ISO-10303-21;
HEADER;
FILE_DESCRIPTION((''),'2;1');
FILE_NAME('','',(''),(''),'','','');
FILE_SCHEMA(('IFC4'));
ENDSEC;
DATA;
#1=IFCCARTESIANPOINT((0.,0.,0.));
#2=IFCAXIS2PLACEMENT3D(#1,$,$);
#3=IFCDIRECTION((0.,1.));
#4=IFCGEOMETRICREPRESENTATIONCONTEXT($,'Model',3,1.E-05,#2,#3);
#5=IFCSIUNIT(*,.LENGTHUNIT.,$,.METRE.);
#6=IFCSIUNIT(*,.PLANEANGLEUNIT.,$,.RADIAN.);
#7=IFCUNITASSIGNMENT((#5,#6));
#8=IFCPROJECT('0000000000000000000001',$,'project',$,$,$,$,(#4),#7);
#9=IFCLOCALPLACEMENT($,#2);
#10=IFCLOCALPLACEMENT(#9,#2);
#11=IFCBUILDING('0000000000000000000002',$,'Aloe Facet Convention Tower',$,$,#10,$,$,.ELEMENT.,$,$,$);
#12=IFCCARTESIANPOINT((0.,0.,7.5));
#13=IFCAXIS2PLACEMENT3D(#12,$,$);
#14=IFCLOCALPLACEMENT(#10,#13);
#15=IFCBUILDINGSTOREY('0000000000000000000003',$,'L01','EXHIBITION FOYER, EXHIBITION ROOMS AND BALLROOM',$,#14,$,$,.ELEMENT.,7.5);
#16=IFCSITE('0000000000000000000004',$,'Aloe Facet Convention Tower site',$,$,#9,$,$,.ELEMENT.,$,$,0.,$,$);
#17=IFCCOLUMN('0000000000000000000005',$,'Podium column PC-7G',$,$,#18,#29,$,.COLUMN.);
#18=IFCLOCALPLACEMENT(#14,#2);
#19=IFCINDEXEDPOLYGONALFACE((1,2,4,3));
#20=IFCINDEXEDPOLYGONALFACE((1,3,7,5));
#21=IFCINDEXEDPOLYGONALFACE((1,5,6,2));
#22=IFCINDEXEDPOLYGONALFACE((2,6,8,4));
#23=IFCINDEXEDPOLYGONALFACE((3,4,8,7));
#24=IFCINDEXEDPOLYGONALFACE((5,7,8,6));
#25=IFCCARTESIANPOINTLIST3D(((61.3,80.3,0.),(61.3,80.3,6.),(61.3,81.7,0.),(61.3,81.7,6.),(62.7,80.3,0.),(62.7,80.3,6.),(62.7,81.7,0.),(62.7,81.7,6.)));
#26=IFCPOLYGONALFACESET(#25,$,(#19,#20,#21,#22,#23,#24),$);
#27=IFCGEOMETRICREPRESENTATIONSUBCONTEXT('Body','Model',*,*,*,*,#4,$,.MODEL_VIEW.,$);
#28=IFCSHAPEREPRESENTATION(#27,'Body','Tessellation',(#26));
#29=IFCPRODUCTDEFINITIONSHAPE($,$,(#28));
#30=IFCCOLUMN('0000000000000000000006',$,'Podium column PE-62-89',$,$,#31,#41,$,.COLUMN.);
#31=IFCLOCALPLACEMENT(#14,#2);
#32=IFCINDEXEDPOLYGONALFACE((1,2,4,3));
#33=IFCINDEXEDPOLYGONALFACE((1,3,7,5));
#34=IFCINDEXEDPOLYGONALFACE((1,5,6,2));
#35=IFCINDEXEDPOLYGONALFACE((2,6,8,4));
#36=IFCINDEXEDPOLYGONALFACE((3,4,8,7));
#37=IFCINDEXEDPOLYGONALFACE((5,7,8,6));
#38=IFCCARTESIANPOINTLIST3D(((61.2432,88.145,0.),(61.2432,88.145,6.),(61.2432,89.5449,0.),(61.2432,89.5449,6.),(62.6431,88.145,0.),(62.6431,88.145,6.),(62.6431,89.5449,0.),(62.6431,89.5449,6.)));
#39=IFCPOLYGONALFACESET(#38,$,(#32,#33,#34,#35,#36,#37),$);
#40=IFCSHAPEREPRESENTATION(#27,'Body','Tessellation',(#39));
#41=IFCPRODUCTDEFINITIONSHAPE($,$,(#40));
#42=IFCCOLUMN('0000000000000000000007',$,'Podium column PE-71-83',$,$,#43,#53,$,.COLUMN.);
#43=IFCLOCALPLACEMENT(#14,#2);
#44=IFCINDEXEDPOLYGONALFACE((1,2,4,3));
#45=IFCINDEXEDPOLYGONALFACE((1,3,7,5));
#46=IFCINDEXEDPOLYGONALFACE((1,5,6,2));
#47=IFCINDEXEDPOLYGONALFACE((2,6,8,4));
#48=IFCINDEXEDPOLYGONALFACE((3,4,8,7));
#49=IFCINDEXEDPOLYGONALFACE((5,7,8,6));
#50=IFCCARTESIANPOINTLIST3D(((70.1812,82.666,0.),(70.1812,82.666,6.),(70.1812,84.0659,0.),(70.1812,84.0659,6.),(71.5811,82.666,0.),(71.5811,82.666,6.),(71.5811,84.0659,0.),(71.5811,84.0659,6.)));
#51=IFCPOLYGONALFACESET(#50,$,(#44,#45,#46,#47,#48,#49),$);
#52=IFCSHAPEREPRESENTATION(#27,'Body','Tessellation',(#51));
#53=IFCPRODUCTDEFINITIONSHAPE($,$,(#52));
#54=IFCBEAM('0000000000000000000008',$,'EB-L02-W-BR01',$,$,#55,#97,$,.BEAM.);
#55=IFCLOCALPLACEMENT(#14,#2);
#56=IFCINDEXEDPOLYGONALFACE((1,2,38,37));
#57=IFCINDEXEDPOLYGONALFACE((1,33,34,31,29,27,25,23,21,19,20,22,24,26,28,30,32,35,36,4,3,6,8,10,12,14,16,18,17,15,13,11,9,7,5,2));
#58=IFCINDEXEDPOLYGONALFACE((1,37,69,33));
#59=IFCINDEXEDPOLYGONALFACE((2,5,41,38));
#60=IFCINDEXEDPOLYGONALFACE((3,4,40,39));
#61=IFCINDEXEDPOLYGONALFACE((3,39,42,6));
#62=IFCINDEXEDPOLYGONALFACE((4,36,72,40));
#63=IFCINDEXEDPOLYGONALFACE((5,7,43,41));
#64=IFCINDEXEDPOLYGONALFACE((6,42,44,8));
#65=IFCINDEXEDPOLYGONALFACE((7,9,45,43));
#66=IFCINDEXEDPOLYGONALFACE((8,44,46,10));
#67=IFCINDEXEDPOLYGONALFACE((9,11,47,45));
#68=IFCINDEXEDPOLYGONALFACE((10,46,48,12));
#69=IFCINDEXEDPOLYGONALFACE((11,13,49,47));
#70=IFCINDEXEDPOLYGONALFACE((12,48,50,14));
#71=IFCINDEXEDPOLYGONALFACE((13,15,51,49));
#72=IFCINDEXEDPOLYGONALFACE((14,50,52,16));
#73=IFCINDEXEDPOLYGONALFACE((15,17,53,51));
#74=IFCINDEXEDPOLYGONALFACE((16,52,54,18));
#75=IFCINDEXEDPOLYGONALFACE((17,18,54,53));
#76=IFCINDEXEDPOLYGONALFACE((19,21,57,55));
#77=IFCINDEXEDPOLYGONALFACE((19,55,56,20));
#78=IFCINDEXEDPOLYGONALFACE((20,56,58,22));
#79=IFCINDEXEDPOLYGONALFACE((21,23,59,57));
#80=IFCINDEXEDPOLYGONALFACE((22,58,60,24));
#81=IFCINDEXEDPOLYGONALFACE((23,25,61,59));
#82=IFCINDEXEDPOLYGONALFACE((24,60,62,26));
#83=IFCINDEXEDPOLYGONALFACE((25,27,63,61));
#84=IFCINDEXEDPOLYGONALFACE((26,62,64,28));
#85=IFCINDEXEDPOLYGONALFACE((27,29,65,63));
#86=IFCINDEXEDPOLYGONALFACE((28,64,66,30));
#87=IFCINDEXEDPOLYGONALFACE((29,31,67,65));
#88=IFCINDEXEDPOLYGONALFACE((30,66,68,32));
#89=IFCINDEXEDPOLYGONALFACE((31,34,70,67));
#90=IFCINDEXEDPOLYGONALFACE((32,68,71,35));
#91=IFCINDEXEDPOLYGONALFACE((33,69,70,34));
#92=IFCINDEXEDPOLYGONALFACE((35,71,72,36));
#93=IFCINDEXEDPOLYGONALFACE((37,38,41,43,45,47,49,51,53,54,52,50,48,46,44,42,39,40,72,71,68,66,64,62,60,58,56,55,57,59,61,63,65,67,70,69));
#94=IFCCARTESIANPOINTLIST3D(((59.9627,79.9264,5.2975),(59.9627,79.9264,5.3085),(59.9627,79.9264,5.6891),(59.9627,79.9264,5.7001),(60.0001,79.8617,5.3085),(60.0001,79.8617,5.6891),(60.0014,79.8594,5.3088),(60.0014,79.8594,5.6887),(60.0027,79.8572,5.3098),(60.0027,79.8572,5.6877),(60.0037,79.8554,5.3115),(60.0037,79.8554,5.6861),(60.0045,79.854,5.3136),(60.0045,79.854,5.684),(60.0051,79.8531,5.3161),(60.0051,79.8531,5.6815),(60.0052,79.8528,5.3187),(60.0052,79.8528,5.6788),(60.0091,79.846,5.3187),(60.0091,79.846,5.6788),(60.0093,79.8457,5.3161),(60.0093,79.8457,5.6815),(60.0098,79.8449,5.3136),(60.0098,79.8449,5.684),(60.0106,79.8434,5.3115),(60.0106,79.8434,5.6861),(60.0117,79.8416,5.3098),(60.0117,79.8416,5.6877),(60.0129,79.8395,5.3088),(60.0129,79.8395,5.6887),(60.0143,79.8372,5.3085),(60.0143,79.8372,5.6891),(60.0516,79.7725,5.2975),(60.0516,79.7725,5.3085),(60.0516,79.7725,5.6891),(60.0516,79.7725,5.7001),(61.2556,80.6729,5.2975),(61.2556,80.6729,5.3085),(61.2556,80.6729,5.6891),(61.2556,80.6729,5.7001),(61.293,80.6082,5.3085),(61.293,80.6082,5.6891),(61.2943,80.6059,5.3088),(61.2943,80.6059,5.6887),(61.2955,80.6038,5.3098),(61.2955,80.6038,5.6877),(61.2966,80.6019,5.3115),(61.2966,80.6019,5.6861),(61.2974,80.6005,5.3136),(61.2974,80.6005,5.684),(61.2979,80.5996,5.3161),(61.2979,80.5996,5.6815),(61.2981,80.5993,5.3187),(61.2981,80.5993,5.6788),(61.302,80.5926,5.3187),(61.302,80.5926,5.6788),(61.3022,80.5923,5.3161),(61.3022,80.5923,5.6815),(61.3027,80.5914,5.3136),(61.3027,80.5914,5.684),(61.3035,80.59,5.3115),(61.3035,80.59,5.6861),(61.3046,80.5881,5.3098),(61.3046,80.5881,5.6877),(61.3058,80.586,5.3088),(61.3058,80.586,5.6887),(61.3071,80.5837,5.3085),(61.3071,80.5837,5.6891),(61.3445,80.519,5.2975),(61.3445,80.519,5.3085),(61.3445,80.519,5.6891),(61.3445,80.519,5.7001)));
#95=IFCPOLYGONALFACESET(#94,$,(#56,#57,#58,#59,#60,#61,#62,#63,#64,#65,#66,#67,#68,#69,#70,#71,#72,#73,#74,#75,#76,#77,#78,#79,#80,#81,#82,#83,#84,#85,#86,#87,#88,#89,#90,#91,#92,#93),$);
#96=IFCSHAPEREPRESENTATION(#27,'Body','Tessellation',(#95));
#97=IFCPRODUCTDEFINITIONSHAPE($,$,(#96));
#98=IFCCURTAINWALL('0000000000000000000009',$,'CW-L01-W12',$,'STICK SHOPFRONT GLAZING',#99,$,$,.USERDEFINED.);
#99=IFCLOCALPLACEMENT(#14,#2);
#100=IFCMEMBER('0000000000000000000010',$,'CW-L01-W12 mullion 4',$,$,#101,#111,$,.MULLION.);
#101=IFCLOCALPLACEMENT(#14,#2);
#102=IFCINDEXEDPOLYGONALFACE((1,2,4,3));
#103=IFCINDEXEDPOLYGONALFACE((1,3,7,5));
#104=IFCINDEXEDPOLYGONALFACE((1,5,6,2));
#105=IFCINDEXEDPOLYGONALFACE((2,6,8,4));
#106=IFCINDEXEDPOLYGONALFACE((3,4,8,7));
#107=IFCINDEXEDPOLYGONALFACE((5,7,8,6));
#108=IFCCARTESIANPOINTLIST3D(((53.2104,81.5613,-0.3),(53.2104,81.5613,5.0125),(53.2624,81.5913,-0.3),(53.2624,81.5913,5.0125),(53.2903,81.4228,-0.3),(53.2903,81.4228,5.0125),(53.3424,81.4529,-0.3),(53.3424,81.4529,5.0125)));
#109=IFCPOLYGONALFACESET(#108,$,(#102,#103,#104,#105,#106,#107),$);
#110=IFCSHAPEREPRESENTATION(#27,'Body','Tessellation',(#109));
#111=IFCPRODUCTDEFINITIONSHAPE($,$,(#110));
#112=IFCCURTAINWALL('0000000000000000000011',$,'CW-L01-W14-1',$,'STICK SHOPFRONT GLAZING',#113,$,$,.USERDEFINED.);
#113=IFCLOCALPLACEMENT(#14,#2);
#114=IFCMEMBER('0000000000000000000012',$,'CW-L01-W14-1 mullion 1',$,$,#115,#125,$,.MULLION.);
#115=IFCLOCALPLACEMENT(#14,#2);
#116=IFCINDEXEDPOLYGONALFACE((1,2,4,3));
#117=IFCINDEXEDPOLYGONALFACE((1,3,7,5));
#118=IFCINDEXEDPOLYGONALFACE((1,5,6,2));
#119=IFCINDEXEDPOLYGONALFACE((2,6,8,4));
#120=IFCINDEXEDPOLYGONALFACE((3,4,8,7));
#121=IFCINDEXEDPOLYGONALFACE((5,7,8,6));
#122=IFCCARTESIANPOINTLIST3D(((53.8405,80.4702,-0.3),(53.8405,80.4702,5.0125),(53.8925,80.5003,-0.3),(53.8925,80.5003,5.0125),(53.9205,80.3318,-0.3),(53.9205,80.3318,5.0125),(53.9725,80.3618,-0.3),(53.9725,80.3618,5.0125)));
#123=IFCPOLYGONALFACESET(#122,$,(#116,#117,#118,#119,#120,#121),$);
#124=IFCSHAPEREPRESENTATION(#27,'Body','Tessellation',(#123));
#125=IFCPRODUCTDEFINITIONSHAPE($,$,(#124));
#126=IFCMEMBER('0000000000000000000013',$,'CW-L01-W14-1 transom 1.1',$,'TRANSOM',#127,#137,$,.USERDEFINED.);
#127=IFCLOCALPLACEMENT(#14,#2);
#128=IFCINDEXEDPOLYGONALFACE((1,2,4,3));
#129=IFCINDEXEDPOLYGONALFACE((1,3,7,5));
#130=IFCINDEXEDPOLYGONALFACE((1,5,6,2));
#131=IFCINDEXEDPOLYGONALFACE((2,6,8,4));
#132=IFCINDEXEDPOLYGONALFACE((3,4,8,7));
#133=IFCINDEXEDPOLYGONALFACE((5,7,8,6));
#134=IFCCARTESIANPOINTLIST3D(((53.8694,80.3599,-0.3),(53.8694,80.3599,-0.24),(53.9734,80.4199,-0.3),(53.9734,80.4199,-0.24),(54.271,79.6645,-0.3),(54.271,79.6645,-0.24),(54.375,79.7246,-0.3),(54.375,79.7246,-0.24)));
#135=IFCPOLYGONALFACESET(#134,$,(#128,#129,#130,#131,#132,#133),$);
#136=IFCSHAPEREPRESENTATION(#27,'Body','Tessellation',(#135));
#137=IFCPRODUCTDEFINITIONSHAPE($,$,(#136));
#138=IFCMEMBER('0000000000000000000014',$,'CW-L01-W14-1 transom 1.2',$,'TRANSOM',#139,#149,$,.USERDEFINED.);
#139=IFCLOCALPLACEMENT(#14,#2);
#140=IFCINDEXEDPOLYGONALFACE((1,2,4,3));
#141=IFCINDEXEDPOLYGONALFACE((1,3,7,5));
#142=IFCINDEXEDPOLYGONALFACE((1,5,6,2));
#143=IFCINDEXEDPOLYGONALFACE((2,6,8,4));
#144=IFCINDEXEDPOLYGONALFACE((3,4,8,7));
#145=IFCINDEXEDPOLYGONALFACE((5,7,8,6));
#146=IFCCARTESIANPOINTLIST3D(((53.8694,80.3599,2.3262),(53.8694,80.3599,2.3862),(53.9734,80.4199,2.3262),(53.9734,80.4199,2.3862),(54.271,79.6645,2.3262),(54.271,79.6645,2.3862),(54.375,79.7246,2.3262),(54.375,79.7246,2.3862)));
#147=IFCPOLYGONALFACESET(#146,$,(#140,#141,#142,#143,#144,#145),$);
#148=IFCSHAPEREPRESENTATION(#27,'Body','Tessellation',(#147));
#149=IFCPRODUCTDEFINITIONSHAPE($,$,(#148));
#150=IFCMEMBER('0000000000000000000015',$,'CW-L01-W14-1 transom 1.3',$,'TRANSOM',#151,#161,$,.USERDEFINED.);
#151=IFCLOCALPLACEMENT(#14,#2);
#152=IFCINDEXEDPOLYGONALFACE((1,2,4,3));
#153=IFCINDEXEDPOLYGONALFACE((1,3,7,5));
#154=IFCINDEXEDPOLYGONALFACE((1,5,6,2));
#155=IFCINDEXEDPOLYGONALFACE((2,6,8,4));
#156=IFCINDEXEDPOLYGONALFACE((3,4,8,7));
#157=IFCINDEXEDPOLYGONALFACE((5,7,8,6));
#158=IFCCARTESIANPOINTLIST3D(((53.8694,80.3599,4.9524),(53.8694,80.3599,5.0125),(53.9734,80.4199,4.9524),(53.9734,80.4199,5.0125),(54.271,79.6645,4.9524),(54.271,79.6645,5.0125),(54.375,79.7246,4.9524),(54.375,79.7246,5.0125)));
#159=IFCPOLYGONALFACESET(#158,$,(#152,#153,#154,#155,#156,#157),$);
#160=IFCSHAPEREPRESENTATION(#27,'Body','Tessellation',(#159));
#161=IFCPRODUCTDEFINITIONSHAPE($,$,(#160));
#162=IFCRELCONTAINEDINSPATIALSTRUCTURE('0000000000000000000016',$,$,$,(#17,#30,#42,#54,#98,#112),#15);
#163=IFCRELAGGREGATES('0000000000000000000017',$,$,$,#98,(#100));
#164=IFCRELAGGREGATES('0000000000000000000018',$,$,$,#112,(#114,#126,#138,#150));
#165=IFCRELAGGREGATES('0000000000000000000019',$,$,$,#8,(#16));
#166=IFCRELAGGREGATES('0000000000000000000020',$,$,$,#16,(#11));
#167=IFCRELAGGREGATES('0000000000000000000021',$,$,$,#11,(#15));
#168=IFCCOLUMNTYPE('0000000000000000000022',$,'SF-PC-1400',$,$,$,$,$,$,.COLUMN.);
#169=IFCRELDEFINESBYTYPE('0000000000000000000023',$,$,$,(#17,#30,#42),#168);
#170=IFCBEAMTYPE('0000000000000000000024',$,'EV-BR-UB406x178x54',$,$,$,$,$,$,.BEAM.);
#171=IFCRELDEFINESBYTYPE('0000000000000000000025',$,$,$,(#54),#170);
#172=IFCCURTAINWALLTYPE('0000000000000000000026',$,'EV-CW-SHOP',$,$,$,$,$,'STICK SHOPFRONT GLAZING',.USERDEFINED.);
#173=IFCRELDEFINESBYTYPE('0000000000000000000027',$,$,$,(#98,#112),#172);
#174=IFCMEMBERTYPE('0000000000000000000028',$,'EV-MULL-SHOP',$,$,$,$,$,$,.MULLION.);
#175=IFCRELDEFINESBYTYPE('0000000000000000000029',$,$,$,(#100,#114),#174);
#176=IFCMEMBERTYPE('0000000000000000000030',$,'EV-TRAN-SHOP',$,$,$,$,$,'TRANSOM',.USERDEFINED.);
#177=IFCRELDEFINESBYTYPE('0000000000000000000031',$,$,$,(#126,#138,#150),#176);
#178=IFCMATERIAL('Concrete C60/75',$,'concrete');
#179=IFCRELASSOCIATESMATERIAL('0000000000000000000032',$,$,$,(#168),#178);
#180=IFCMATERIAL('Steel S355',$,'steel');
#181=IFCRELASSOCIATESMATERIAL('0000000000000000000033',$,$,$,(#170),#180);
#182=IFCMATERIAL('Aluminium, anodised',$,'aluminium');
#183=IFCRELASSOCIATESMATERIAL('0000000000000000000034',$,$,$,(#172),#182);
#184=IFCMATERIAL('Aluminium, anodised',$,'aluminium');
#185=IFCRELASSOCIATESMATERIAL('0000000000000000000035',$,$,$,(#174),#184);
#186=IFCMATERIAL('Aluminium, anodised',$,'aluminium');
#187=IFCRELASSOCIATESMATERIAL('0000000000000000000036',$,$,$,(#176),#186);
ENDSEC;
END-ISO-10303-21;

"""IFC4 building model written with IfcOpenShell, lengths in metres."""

from ifc_helpers import new_model, si_unit, direction, frame, origin, origin_2d, place, context, subcontext, project, spatial, rectangle, i_section, extrude, material, material_profile, profile_set, type_object, element, aggregate, save


model = new_model("IFC4")

# Units and contexts
model_context = context("Model", 3, precision=1e-05, world=origin(), true_north=direction((0.0, 1.0)))
body_context = subcontext(model_context, "Body", "Model", "MODEL_VIEW")
ifc_project = project(units=[si_unit("LENGTHUNIT", "METRE"), si_unit("PLANEANGLEUNIT", "RADIAN")], contexts=[model_context])

# Site, building, storey
site_placement = place(None, origin())
site = spatial("IfcSite", under=ifc_project, at=site_placement, Name="Aloe Facet Convention Tower site", CompositionType="ELEMENT", RefElevation=0.0)
building_placement = place(site_placement, origin())
building = spatial("IfcBuilding", under=site, at=building_placement, Name="Aloe Facet Convention Tower", CompositionType="ELEMENT")
storey_placement = place(building_placement, frame((0.0, 0.0, 7.5)))
storey = spatial("IfcBuildingStorey", under=building, at=storey_placement, Name="L01", Description="EXHIBITION FOYER, EXHIBITION ROOMS AND BALLROOM", CompositionType="ELEMENT", Elevation=7.5)

# Columns
ifc_material_1 = material(Name="Concrete C60/75", Category="concrete")
ifc_material_profile_1 = material_profile(ifc_material_1, rectangle(XDim=1.3999, YDim=1.3999, at=origin_2d()), Name="SF-PC-1400")
ifc_profile_set_1 = profile_set([ifc_material_profile_1], Name="Concrete C60/75")
column_type = type_object("IfcColumnType", Name="SF-PC-1400", PredefinedType="COLUMN", material=ifc_profile_set_1)
for number, where, z_axis, x_axis, name in (
    (1, (62.0, 81.0, 0.0), (0.0, 0.0, 1.0), (1.0, 0.0, 0.0), "Podium column PC-7G"),
    (2, (61.9431, 88.845, 0.0), (0.0, 0.0, 1.0), (1.0, 0.0, 0.0), "Podium column PE-62-89"),
    (3, (70.8811, 83.366, 0.0), (0.0, 0.0, 1.0), (1.0, 0.0, 0.0), "Podium column PE-71-83"),
):
    element("IfcColumn", number, at=place(storey_placement, frame(where, z_axis=z_axis, x_axis=x_axis)), inside=storey, type_object=column_type, Name=name, PredefinedType="COLUMN", context=body_context, shape_type="SweptSolid", body=[
        extrude(rectangle(XDim=1.3999, YDim=1.3999, at=origin_2d()), origin(), (0.0, 0.0, 1.0), 6.0),
    ])

# Beam
ifc_material_2 = material(Name="Steel S355", Category="steel")
ifc_material_profile_2 = material_profile(ifc_material_2, i_section(OverallWidth=0.1777, OverallDepth=0.4026, WebThickness=0.0078, FlangeThickness=0.011, FilletRadius=0.0103, at=origin_2d()), Name="UB 406x178x54")
ifc_profile_set_2 = profile_set([ifc_material_profile_2], Name="Steel S355")
beam_type_1 = type_object("IfcBeamType", Name="EV-BR-UB406x178x54", PredefinedType="BEAM", material=ifc_profile_set_2)
beam_1_placement = place(storey_placement, frame((61.3, 80.5959, 5.4988), z_axis=(-0.866, -0.500043, 0.0), x_axis=(0.500043, -0.866, 0.0)))
element("IfcBeam", 4, at=beam_1_placement, inside=storey, type_object=beam_type_1, Name="EB-L02-W-BR01", PredefinedType="BEAM", context=body_context, shape_type="SweptSolid", body=[
    extrude(i_section(OverallWidth=0.1777, OverallDepth=0.4026, WebThickness=0.0078, FlangeThickness=0.011, FilletRadius=0.0103, at=origin_2d()), origin(), (0.0, 0.0, 1.0), 1.4929),
])

# Curtain wall, member
ifc_material_3 = material(Name="Aluminium, anodised", Category="aluminium")
curtain_wall_type = type_object("IfcCurtainWallType", Name="EV-CW-SHOP", ElementType="STICK SHOPFRONT GLAZING", PredefinedType="USERDEFINED", material=ifc_material_3)
curtain_wall_1_placement = place(storey_placement, origin())
curtain_wall_1 = element("IfcCurtainWall", 5, at=curtain_wall_1_placement, inside=storey, type_object=curtain_wall_type, Name="CW-L01-W12", ObjectType="STICK SHOPFRONT GLAZING", PredefinedType="USERDEFINED")
ifc_material_4 = material(Name="Aluminium, anodised", Category="aluminium")
ifc_material_profile_3 = material_profile(ifc_material_4, rectangle(XDim=0.0601, YDim=0.1599, at=origin_2d()), Name="AL 60x160")
ifc_profile_set_3 = profile_set([ifc_material_profile_3], Name="Aluminium, anodised")
member_type_1 = type_object("IfcMemberType", Name="EV-MULL-SHOP", PredefinedType="MULLION", material=ifc_profile_set_3)
member_1_placement = place(storey_placement, frame((53.2764, 81.5071, -0.3), z_axis=(0.0, 0.0, 1.0), x_axis=(0.866025, 0.5, 0.0)))
member_1 = element("IfcMember", 6, at=member_1_placement, type_object=member_type_1, Name="CW-L01-W12 mullion 4", PredefinedType="MULLION", context=body_context, shape_type="SweptSolid", body=[
    extrude(rectangle(XDim=0.0601, YDim=0.1599, at=origin_2d()), origin(), (0.0, 0.0, 1.0), 5.3125),
])
aggregate(curtain_wall_1, [member_1])

# Curtain wall, members
curtain_wall_2_placement = place(storey_placement, origin())
curtain_wall_2 = element("IfcCurtainWall", 7, at=curtain_wall_2_placement, inside=storey, type_object=curtain_wall_type, Name="CW-L01-W14-1", ObjectType="STICK SHOPFRONT GLAZING", PredefinedType="USERDEFINED")
member_2_placement = place(storey_placement, frame((53.9065, 80.416, -0.3), z_axis=(0.0, 0.0, 1.0), x_axis=(0.866025, 0.5, 0.0)))
member_2 = element("IfcMember", 8, at=member_2_placement, type_object=member_type_1, Name="CW-L01-W14-1 mullion 1", PredefinedType="MULLION", context=body_context, shape_type="SweptSolid", body=[
    extrude(rectangle(XDim=0.0601, YDim=0.1599, at=origin_2d()), origin(), (0.0, 0.0, 1.0), 5.3125),
])
ifc_material_5 = material(Name="Aluminium, anodised", Category="aluminium")
ifc_material_profile_4 = material_profile(ifc_material_5, rectangle(XDim=0.1201, YDim=0.0601, at=origin_2d()), Name="AL 120x60")
ifc_profile_set_4 = profile_set([ifc_material_profile_4], Name="Aluminium, anodised")
member_type_2 = type_object("IfcMemberType", Name="EV-TRAN-SHOP", ElementType="TRANSOM", PredefinedType="USERDEFINED", material=ifc_profile_set_4)
member_3_placement = place(storey_placement, frame((53.9214, 80.3899, -0.27), z_axis=(0.500161, -0.865932, 0.0), x_axis=(0.865932, 0.500161, 0.0)))
member_3 = element("IfcMember", 9, at=member_3_placement, type_object=member_type_2, Name="CW-L01-W14-1 transom 1.1", ObjectType="TRANSOM", PredefinedType="USERDEFINED", context=body_context, shape_type="SweptSolid", body=[
    extrude(rectangle(XDim=0.1201, YDim=0.0601, at=origin_2d()), origin(), (0.0, 0.0, 1.0), 0.803),
])
member_4_placement = place(storey_placement, frame((53.9214, 80.3899, 2.3562), z_axis=(0.500161, -0.865932, 0.0), x_axis=(0.865932, 0.500161, 0.0)))
member_4 = element("IfcMember", 10, at=member_4_placement, type_object=member_type_2, Name="CW-L01-W14-1 transom 1.2", ObjectType="TRANSOM", PredefinedType="USERDEFINED", context=body_context, shape_type="SweptSolid", body=[
    extrude(rectangle(XDim=0.1201, YDim=0.0601, at=origin_2d()), origin(), (0.0, 0.0, 1.0), 0.803),
])
member_5_placement = place(storey_placement, frame((53.9214, 80.3899, 4.9824), z_axis=(0.500161, -0.865932, 0.0), x_axis=(0.865932, 0.500161, 0.0)))
member_5 = element("IfcMember", 11, at=member_5_placement, type_object=member_type_2, Name="CW-L01-W14-1 transom 1.3", ObjectType="TRANSOM", PredefinedType="USERDEFINED", context=body_context, shape_type="SweptSolid", body=[
    extrude(rectangle(XDim=0.1201, YDim=0.0601, at=origin_2d()), origin(), (0.0, 0.0, 1.0), 0.803),
])

aggregate(curtain_wall_2, [member_2, member_3, member_4, member_5])

save(model, "model.ifc")
